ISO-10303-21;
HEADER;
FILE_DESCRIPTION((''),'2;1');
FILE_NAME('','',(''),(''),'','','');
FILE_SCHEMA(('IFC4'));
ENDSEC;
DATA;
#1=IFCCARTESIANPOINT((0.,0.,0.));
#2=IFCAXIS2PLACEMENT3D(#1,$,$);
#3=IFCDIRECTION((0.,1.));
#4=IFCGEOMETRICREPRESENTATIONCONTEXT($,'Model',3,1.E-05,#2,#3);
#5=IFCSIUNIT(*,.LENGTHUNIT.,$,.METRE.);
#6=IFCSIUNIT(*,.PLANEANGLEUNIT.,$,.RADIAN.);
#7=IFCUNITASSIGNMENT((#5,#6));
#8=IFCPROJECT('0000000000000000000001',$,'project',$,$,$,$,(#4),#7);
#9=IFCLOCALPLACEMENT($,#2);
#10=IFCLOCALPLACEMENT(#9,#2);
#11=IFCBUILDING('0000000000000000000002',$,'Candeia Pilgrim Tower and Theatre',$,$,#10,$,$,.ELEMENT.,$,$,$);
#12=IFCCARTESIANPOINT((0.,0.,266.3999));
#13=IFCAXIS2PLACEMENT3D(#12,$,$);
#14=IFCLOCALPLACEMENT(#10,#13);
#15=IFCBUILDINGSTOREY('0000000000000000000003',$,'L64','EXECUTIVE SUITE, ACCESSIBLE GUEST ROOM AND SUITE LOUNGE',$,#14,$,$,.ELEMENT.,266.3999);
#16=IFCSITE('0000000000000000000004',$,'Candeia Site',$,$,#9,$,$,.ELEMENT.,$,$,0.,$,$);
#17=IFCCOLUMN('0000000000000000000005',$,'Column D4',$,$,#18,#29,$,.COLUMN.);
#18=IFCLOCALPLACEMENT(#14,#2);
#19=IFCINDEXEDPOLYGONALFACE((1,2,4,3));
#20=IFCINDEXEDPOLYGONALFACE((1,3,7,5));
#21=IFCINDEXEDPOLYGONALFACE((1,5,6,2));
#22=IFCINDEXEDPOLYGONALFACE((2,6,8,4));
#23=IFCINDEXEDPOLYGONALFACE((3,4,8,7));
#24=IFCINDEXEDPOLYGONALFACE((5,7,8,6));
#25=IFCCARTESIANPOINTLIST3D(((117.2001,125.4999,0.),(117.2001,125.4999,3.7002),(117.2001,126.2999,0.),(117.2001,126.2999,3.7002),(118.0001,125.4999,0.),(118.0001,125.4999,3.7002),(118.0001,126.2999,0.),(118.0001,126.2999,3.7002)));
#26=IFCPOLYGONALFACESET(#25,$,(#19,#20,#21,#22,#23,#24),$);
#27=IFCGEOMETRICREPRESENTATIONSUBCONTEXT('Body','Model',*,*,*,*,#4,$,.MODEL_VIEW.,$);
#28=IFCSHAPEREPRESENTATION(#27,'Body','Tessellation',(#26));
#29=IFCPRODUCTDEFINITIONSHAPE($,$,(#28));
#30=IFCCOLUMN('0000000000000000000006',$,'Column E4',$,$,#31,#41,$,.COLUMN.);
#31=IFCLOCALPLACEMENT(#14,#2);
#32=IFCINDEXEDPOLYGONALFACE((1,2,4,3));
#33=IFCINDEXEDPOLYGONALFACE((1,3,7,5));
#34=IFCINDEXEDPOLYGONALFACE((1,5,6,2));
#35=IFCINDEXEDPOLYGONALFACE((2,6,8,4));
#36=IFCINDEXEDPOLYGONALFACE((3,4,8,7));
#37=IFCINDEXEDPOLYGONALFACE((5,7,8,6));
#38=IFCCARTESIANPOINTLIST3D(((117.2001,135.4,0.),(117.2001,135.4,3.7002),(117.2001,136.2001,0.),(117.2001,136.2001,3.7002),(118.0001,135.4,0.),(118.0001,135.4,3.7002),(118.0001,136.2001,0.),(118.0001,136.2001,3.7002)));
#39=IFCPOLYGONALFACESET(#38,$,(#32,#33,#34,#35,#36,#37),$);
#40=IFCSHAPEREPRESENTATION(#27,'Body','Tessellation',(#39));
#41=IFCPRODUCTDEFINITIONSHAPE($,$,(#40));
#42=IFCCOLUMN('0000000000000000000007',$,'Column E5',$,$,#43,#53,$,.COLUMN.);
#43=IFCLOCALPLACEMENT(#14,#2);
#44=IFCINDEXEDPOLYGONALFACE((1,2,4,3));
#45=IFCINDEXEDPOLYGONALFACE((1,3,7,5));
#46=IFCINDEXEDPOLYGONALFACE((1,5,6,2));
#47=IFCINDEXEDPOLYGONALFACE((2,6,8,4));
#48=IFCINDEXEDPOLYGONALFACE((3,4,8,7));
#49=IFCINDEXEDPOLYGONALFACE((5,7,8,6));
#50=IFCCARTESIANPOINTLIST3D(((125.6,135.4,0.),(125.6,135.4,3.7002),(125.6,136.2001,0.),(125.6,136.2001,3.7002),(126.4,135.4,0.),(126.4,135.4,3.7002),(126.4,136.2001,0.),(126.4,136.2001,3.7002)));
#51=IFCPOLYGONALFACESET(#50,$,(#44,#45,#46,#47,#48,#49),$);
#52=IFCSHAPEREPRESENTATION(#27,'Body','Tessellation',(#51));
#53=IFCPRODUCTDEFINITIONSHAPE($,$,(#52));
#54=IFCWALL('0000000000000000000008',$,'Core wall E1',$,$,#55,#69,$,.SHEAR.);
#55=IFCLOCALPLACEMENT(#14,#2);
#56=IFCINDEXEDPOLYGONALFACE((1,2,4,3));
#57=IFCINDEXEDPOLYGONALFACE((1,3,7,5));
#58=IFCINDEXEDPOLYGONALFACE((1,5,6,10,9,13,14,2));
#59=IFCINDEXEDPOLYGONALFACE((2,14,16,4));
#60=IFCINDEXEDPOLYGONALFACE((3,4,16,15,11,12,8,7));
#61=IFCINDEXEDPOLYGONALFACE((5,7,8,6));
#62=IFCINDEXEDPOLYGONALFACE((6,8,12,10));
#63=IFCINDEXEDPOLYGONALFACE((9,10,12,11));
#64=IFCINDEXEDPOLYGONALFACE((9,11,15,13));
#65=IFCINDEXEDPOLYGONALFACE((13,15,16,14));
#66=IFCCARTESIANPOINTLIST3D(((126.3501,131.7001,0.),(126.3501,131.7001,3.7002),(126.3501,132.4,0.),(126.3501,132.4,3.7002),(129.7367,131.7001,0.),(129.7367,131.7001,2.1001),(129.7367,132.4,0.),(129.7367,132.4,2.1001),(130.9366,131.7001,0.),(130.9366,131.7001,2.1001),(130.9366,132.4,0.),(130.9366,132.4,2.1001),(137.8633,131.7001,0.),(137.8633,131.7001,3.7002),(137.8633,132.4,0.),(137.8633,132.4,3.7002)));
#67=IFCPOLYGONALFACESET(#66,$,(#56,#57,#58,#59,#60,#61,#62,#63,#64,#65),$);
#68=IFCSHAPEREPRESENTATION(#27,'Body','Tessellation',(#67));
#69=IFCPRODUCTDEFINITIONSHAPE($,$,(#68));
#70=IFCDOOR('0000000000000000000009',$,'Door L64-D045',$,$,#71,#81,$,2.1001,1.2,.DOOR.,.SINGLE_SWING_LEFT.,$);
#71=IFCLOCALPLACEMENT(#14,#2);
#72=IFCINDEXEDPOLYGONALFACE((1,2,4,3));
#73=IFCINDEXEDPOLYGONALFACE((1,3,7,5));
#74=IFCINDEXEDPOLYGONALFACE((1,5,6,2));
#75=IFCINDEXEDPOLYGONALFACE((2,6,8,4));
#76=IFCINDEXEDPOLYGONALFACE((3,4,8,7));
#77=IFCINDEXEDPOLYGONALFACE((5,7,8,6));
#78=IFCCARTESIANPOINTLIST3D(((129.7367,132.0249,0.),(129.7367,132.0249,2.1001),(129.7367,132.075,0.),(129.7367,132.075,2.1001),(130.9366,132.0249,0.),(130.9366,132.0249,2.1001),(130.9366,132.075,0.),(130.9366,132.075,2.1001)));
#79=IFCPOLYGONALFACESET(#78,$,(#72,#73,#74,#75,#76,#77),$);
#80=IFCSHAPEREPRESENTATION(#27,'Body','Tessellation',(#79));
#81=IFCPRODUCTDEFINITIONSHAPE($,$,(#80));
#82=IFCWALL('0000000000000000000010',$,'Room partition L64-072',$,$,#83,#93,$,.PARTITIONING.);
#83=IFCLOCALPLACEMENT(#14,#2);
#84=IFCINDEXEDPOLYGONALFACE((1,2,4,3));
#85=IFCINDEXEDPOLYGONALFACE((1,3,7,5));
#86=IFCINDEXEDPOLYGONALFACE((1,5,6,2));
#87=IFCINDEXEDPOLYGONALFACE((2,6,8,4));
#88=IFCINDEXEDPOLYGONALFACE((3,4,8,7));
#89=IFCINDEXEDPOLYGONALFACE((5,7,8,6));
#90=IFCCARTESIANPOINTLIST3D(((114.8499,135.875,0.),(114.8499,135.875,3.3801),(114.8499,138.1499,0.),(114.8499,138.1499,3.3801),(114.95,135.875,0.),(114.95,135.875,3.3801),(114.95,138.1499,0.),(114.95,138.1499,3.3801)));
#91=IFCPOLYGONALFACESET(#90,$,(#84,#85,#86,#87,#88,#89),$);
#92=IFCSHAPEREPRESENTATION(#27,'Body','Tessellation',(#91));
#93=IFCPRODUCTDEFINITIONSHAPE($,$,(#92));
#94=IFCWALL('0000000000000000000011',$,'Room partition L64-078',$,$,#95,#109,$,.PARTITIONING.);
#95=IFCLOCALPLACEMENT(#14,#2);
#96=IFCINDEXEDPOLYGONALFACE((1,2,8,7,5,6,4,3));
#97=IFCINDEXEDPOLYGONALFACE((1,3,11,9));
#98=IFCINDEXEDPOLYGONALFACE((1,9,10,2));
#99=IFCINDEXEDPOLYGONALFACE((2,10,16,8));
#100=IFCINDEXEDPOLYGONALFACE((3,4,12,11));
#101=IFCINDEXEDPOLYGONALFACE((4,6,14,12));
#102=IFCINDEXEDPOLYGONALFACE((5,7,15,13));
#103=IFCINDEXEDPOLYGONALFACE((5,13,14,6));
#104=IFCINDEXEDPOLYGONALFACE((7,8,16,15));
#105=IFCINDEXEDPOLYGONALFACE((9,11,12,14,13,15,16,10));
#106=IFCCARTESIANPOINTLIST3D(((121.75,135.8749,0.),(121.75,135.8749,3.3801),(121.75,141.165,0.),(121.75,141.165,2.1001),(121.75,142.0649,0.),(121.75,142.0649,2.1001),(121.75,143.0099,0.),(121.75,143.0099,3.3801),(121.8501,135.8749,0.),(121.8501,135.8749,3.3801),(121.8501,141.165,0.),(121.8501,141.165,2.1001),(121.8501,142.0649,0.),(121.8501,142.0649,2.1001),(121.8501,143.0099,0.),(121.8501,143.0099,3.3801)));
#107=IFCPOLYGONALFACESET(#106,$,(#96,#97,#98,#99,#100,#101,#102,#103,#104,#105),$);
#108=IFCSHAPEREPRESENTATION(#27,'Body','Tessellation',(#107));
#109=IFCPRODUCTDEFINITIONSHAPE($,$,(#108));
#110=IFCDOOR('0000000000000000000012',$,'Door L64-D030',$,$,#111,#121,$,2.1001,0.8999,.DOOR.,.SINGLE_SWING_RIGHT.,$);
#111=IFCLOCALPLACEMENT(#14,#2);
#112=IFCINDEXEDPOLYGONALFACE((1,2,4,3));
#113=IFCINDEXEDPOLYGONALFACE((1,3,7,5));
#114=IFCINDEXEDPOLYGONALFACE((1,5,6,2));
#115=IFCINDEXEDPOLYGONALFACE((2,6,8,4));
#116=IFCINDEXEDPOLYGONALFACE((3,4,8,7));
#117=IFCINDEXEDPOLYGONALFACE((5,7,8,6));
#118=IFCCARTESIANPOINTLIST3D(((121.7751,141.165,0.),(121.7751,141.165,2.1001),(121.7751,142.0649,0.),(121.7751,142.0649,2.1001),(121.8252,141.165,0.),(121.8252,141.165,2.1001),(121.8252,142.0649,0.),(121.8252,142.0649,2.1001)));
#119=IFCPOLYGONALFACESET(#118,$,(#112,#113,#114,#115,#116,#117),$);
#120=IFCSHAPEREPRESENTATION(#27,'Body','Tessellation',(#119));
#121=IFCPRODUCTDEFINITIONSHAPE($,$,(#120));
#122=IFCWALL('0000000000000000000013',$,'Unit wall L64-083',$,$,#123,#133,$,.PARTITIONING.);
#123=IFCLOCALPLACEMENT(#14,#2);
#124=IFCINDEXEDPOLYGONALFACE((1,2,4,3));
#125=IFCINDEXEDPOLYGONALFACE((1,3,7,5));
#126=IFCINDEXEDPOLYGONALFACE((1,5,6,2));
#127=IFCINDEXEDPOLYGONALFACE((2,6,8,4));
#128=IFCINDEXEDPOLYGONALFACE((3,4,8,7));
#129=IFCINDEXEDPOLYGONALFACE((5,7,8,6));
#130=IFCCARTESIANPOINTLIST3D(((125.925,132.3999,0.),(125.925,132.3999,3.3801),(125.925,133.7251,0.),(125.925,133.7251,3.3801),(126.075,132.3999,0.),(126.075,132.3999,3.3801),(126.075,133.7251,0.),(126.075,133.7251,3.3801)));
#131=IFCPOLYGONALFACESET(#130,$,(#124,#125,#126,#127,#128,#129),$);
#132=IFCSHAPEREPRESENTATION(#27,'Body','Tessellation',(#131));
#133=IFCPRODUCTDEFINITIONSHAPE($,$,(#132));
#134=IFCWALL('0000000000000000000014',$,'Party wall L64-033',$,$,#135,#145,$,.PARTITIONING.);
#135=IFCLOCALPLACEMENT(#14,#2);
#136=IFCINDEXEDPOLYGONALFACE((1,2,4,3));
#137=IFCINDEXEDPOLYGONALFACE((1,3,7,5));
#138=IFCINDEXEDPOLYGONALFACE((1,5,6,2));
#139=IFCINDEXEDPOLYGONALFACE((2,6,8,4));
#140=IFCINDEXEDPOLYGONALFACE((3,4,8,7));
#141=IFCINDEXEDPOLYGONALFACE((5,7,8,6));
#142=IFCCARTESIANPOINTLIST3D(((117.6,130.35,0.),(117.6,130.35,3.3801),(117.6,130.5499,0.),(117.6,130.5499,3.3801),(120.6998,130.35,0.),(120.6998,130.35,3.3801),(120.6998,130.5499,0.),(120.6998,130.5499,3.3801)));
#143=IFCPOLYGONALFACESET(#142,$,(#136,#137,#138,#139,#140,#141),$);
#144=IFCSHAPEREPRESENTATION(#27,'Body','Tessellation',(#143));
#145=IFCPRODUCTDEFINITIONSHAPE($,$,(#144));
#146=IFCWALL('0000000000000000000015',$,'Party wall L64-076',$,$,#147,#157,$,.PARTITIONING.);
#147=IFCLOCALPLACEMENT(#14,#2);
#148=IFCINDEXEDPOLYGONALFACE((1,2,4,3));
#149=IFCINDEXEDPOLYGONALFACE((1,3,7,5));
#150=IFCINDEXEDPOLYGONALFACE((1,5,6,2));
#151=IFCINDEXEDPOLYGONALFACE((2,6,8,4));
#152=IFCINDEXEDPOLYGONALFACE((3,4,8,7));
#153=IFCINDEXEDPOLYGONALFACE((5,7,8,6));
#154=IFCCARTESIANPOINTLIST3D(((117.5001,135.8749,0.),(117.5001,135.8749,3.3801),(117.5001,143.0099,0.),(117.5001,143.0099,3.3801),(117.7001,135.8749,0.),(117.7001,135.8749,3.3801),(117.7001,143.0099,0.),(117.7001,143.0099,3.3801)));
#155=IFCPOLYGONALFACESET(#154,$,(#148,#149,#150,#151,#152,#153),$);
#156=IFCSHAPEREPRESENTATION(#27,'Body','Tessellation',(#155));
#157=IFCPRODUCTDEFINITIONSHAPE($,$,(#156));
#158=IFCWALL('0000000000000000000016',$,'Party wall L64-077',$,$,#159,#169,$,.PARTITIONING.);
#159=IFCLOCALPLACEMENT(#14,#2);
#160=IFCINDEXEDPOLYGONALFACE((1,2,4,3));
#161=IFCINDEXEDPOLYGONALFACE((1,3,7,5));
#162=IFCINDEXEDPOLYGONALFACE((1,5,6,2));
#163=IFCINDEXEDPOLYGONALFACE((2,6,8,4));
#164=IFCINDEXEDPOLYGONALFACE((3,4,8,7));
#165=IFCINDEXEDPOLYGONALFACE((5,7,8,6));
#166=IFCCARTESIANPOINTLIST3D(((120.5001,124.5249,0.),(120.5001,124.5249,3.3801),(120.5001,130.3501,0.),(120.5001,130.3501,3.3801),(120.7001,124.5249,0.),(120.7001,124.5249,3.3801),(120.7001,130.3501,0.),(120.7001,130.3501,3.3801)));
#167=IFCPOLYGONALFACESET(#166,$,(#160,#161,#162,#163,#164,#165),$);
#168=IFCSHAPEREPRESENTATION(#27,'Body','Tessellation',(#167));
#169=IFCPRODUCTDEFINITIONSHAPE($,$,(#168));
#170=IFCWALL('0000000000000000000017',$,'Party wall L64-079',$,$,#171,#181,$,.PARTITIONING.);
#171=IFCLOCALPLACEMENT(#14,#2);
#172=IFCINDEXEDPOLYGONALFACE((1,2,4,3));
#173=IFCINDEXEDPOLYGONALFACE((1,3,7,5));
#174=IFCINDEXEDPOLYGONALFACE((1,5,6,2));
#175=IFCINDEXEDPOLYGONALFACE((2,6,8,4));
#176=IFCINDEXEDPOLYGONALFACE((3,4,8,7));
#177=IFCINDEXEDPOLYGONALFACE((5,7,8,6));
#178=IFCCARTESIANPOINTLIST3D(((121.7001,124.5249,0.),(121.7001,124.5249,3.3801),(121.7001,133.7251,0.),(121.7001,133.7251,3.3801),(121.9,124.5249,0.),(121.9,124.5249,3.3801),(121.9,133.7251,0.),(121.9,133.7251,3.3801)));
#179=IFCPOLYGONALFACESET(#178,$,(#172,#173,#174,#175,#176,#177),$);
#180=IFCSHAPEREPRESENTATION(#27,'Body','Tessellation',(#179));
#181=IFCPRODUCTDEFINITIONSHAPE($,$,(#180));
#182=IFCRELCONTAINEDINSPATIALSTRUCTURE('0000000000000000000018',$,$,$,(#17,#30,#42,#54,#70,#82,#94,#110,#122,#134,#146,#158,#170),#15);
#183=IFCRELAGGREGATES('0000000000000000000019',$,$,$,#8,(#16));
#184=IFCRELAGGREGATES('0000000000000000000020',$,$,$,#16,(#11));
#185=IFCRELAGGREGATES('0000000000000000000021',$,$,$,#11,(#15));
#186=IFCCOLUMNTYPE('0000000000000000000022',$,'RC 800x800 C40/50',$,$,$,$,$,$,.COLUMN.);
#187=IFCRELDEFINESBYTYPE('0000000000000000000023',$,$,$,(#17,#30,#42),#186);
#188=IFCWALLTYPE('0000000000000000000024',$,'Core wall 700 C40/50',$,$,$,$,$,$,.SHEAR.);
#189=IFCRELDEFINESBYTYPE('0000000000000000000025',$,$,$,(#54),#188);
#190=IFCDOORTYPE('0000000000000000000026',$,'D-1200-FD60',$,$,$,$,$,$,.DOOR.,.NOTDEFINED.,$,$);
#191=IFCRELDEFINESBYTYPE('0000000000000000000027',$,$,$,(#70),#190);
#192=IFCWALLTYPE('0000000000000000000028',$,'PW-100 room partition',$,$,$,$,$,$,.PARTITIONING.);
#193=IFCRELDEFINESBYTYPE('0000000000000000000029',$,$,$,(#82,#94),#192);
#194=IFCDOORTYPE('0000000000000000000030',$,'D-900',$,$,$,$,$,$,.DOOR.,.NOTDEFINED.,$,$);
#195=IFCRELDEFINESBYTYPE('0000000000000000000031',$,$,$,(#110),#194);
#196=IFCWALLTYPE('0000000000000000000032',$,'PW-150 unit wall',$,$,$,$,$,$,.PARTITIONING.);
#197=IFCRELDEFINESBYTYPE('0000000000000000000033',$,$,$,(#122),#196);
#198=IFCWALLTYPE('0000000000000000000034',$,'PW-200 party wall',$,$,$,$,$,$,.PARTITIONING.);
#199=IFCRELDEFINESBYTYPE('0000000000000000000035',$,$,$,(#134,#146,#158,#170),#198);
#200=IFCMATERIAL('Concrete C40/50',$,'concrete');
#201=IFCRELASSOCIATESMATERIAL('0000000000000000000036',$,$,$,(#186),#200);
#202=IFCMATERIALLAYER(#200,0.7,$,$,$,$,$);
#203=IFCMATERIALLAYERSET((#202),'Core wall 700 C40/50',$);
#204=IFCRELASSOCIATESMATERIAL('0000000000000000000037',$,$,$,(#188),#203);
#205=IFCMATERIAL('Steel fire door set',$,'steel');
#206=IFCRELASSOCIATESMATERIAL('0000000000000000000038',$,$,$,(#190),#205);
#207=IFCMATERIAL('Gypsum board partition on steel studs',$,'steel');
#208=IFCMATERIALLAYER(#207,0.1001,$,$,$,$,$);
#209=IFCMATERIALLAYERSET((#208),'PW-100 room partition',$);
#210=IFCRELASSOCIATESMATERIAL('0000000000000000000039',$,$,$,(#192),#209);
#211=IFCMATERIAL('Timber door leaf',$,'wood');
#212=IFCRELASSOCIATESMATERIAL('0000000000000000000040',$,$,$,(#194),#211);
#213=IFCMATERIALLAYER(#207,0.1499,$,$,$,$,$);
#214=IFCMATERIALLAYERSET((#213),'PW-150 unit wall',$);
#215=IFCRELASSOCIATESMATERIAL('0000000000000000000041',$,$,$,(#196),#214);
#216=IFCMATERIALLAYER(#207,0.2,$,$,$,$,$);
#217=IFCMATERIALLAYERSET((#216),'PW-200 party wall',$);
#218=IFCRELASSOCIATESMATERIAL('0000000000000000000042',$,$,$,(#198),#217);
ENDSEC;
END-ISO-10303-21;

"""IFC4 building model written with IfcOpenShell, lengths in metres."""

from ifc_helpers import new_model, si_unit, direction, frame, frame_2d, origin, origin_2d, place, context, subcontext, project, spatial, rectangle, extrude, material, layer, layer_set, material_profile, profile_set, type_object, element, fill, save


model = new_model("IFC4")

# Units and contexts
model_context = context("Model", 3, precision=1e-05, world=origin(), true_north=direction((0.0, 1.0)))
body_context = subcontext(model_context, "Body", "Model", "MODEL_VIEW")
ifc_project = project(units=[si_unit("LENGTHUNIT", "METRE"), si_unit("PLANEANGLEUNIT", "RADIAN")], contexts=[model_context])

# Site, building, storey
site_placement = place(None, origin())
site = spatial("IfcSite", under=ifc_project, at=site_placement, Name="Candeia Site", CompositionType="ELEMENT", RefElevation=0.0)
building_placement = place(site_placement, origin())
building = spatial("IfcBuilding", under=site, at=building_placement, Name="Candeia Pilgrim Tower and Theatre", CompositionType="ELEMENT")
storey_placement = place(building_placement, frame((0.0, 0.0, 266.3999)))
storey = spatial("IfcBuildingStorey", under=building, at=storey_placement, Name="L64", Description="EXECUTIVE SUITE, ACCESSIBLE GUEST ROOM AND SUITE LOUNGE", CompositionType="ELEMENT", Elevation=266.3999)

# Columns
ifc_material_1 = material(Name="Concrete C40/50", Category="concrete")
ifc_material_profile = material_profile(ifc_material_1, rectangle(XDim=0.8, YDim=0.8, at=origin_2d()))
ifc_profile_set = profile_set([ifc_material_profile], Name="Concrete C40/50")
column_type = type_object("IfcColumnType", Name="RC 800x800 C40/50", PredefinedType="COLUMN", material=ifc_profile_set)
for number, where, z_axis, x_axis, name in (
    (1, (117.6001, 125.8999, 0.0), (0.0, 0.0, 1.0), (1.0, 0.0, 0.0), "Column D4"),
    (2, (117.6001, 135.8, 0.0), (0.0, 0.0, 1.0), (1.0, 0.0, 0.0), "Column E4"),
    (3, (126.0, 135.8, 0.0), (0.0, 0.0, 1.0), (1.0, 0.0, 0.0), "Column E5"),
):
    element("IfcColumn", number, at=place(storey_placement, frame(where, z_axis=z_axis, x_axis=x_axis)), inside=storey, type_object=column_type, Name=name, PredefinedType="COLUMN", context=body_context, shape_type="SweptSolid", body=[
        extrude(rectangle(XDim=0.8, YDim=0.8, at=origin_2d()), origin(), (0.0, 0.0, 1.0), 3.7002),
    ])

# Wall, opening, door
ifc_layer_1 = layer(ifc_material_1, 0.7)
ifc_layer_set_1 = layer_set([ifc_layer_1], Name="Core wall 700 C40/50")
wall_type_1 = type_object("IfcWallType", Name="Core wall 700 C40/50", PredefinedType="SHEAR", material=ifc_layer_set_1)
wall_1_placement = place(storey_placement, frame((126.3501, 132.05, 0.0), z_axis=(0.0, 0.0, 1.0), x_axis=(1.0, 0.0, 0.0)))
wall_1 = element("IfcWall", 4, at=wall_1_placement, inside=storey, type_object=wall_type_1, Name="Core wall E1", PredefinedType="SHEAR", context=body_context, shape_type="SweptSolid", body=[
    extrude(rectangle(XDim=11.5132, YDim=0.7, at=frame_2d((5.7566, 0.0))), origin(), (0.0, 0.0, 1.0), 3.7002),
])
opening_1_placement = place(wall_1_placement, frame((3.3865, 0.0, 0.0)))
opening_1 = element("IfcOpeningElement", 5, at=opening_1_placement, cuts=wall_1, PredefinedType="OPENING", context=body_context, shape_type="SweptSolid", body=[
    extrude(rectangle(XDim=1.2, YDim=2.1001, at=frame_2d((0.6001, 1.05))), frame((0.0, 0.3599, 0.0), z_axis=(0.0, -1.0, 0.0), x_axis=(1.0, 0.0, 0.0)), (0.0, 0.0, 1.0), 0.72),
])
ifc_material_2 = material(Name="Steel fire door set", Category="steel")
door_type_1 = type_object("IfcDoorType", Name="D-1200-FD60", OperationType="NOTDEFINED", PredefinedType="DOOR", material=ifc_material_2)
door_1_placement = place(opening_1_placement, origin())
door_1 = element("IfcDoor", 6, at=door_1_placement, inside=storey, type_object=door_type_1, Name="Door L64-D045", OperationType="SINGLE_SWING_LEFT", OverallHeight=2.1001, OverallWidth=1.2, PredefinedType="DOOR", context=body_context, shape_type="SweptSolid", body=[
    extrude(rectangle(XDim=1.2, YDim=2.1001, at=frame_2d((0.6001, 1.05))), frame((0.0, 0.0249, 0.0), z_axis=(0.0, -1.0, 0.0), x_axis=(1.0, 0.0, 0.0)), (0.0, 0.0, 1.0), 0.05),
])
fill(opening_1, door_1)

# Wall
ifc_material_3 = material(Name="Gypsum board partition on steel studs", Category="steel")
ifc_layer_2 = layer(ifc_material_3, 0.1001)
ifc_layer_set_2 = layer_set([ifc_layer_2], Name="PW-100 room partition")
wall_type_2 = type_object("IfcWallType", Name="PW-100 room partition", PredefinedType="PARTITIONING", material=ifc_layer_set_2)
wall_2_placement = place(storey_placement, frame((114.8999, 135.875, 0.0), z_axis=(0.0, 0.0, 1.0), x_axis=(0.0, 1.0, 0.0)))
element("IfcWall", 7, at=wall_2_placement, inside=storey, type_object=wall_type_2, Name="Room partition L64-072", PredefinedType="PARTITIONING", context=body_context, shape_type="SweptSolid", body=[
    extrude(rectangle(XDim=2.2749, YDim=0.1001, at=frame_2d((1.1375, 0.0))), origin(), (0.0, 0.0, 1.0), 3.3801),
])

# Wall, opening, door
wall_3_placement = place(storey_placement, frame((121.8, 135.875, 0.0), z_axis=(0.0, 0.0, 1.0), x_axis=(0.0, 1.0, 0.0)))
wall_3 = element("IfcWall", 8, at=wall_3_placement, inside=storey, type_object=wall_type_2, Name="Room partition L64-078", PredefinedType="PARTITIONING", context=body_context, shape_type="SweptSolid", body=[
    extrude(rectangle(XDim=7.135, YDim=0.1001, at=frame_2d((3.5674, 0.0))), origin(), (0.0, 0.0, 1.0), 3.3801),
])
opening_2_placement = place(wall_3_placement, frame((5.29, 0.0, 0.0)))
opening_2 = element("IfcOpeningElement", 9, at=opening_2_placement, cuts=wall_3, PredefinedType="OPENING", context=body_context, shape_type="SweptSolid", body=[
    extrude(rectangle(XDim=0.8999, YDim=2.1001, at=frame_2d((0.45, 1.05))), frame((0.0, 0.0601, 0.0), z_axis=(0.0, -1.0, 0.0), x_axis=(1.0, 0.0, 0.0)), (0.0, 0.0, 1.0), 0.1201),
])
ifc_material_4 = material(Name="Timber door leaf", Category="wood")
door_type_2 = type_object("IfcDoorType", Name="D-900", OperationType="NOTDEFINED", PredefinedType="DOOR", material=ifc_material_4)
door_2_placement = place(opening_2_placement, origin())
door_2 = element("IfcDoor", 10, at=door_2_placement, inside=storey, type_object=door_type_2, Name="Door L64-D030", OperationType="SINGLE_SWING_RIGHT", OverallHeight=2.1001, OverallWidth=0.8999, PredefinedType="DOOR", context=body_context, shape_type="SweptSolid", body=[
    extrude(rectangle(XDim=0.8999, YDim=2.1001, at=frame_2d((0.45, 1.05))), frame((0.0, 0.0249, 0.0), z_axis=(0.0, -1.0, 0.0), x_axis=(1.0, 0.0, 0.0)), (0.0, 0.0, 1.0), 0.05),
])
fill(opening_2, door_2)

# Walls
ifc_layer_3 = layer(ifc_material_3, 0.1499)
ifc_layer_set_3 = layer_set([ifc_layer_3], Name="PW-150 unit wall")
wall_type_3 = type_object("IfcWallType", Name="PW-150 unit wall", PredefinedType="PARTITIONING", material=ifc_layer_set_3)
wall_4_placement = place(storey_placement, frame((126.0, 132.3999, 0.0), z_axis=(0.0, 0.0, 1.0), x_axis=(0.0, 1.0, 0.0)))
element("IfcWall", 11, at=wall_4_placement, inside=storey, type_object=wall_type_3, Name="Unit wall L64-083", PredefinedType="PARTITIONING", context=body_context, shape_type="SweptSolid", body=[
    extrude(rectangle(XDim=1.3252, YDim=0.1499, at=frame_2d((0.6626, 0.0))), origin(), (0.0, 0.0, 1.0), 3.3801),
])
ifc_layer_4 = layer(ifc_material_3, 0.2)
ifc_layer_set_4 = layer_set([ifc_layer_4], Name="PW-200 party wall")
wall_type_4 = type_object("IfcWallType", Name="PW-200 party wall", PredefinedType="PARTITIONING", material=ifc_layer_set_4)
wall_5_placement = place(storey_placement, frame((117.6001, 130.45, 0.0), z_axis=(0.0, 0.0, 1.0), x_axis=(1.0, 0.0, 0.0)))
element("IfcWall", 12, at=wall_5_placement, inside=storey, type_object=wall_type_4, Name="Party wall L64-033", PredefinedType="PARTITIONING", context=body_context, shape_type="SweptSolid", body=[
    extrude(rectangle(XDim=3.0999, YDim=0.2, at=frame_2d((1.5498, 0.0))), origin(), (0.0, 0.0, 1.0), 3.3801),
])
wall_6_placement = place(storey_placement, frame((117.6001, 135.875, 0.0), z_axis=(0.0, 0.0, 1.0), x_axis=(0.0, 1.0, 0.0)))
element("IfcWall", 13, at=wall_6_placement, inside=storey, type_object=wall_type_4, Name="Party wall L64-076", PredefinedType="PARTITIONING", context=body_context, shape_type="SweptSolid", body=[
    extrude(rectangle(XDim=7.135, YDim=0.2, at=frame_2d((3.5674, 0.0))), origin(), (0.0, 0.0, 1.0), 3.3801),
])
wall_7_placement = place(storey_placement, frame((120.6001, 124.5249, 0.0), z_axis=(0.0, 0.0, 1.0), x_axis=(0.0, 1.0, 0.0)))
element("IfcWall", 14, at=wall_7_placement, inside=storey, type_object=wall_type_4, Name="Party wall L64-077", PredefinedType="PARTITIONING", context=body_context, shape_type="SweptSolid", body=[
    extrude(rectangle(XDim=5.8252, YDim=0.2, at=frame_2d((2.9126, 0.0))), origin(), (0.0, 0.0, 1.0), 3.3801),
])
wall_8_placement = place(storey_placement, frame((121.8, 124.5249, 0.0), z_axis=(0.0, 0.0, 1.0), x_axis=(0.0, 1.0, 0.0)))
element("IfcWall", 15, at=wall_8_placement, inside=storey, type_object=wall_type_4, Name="Party wall L64-079", PredefinedType="PARTITIONING", context=body_context, shape_type="SweptSolid", body=[
    extrude(rectangle(XDim=9.2002, YDim=0.2, at=frame_2d((4.6001, 0.0))), origin(), (0.0, 0.0, 1.0), 3.3801),
])

save(model, "model.ifc")
